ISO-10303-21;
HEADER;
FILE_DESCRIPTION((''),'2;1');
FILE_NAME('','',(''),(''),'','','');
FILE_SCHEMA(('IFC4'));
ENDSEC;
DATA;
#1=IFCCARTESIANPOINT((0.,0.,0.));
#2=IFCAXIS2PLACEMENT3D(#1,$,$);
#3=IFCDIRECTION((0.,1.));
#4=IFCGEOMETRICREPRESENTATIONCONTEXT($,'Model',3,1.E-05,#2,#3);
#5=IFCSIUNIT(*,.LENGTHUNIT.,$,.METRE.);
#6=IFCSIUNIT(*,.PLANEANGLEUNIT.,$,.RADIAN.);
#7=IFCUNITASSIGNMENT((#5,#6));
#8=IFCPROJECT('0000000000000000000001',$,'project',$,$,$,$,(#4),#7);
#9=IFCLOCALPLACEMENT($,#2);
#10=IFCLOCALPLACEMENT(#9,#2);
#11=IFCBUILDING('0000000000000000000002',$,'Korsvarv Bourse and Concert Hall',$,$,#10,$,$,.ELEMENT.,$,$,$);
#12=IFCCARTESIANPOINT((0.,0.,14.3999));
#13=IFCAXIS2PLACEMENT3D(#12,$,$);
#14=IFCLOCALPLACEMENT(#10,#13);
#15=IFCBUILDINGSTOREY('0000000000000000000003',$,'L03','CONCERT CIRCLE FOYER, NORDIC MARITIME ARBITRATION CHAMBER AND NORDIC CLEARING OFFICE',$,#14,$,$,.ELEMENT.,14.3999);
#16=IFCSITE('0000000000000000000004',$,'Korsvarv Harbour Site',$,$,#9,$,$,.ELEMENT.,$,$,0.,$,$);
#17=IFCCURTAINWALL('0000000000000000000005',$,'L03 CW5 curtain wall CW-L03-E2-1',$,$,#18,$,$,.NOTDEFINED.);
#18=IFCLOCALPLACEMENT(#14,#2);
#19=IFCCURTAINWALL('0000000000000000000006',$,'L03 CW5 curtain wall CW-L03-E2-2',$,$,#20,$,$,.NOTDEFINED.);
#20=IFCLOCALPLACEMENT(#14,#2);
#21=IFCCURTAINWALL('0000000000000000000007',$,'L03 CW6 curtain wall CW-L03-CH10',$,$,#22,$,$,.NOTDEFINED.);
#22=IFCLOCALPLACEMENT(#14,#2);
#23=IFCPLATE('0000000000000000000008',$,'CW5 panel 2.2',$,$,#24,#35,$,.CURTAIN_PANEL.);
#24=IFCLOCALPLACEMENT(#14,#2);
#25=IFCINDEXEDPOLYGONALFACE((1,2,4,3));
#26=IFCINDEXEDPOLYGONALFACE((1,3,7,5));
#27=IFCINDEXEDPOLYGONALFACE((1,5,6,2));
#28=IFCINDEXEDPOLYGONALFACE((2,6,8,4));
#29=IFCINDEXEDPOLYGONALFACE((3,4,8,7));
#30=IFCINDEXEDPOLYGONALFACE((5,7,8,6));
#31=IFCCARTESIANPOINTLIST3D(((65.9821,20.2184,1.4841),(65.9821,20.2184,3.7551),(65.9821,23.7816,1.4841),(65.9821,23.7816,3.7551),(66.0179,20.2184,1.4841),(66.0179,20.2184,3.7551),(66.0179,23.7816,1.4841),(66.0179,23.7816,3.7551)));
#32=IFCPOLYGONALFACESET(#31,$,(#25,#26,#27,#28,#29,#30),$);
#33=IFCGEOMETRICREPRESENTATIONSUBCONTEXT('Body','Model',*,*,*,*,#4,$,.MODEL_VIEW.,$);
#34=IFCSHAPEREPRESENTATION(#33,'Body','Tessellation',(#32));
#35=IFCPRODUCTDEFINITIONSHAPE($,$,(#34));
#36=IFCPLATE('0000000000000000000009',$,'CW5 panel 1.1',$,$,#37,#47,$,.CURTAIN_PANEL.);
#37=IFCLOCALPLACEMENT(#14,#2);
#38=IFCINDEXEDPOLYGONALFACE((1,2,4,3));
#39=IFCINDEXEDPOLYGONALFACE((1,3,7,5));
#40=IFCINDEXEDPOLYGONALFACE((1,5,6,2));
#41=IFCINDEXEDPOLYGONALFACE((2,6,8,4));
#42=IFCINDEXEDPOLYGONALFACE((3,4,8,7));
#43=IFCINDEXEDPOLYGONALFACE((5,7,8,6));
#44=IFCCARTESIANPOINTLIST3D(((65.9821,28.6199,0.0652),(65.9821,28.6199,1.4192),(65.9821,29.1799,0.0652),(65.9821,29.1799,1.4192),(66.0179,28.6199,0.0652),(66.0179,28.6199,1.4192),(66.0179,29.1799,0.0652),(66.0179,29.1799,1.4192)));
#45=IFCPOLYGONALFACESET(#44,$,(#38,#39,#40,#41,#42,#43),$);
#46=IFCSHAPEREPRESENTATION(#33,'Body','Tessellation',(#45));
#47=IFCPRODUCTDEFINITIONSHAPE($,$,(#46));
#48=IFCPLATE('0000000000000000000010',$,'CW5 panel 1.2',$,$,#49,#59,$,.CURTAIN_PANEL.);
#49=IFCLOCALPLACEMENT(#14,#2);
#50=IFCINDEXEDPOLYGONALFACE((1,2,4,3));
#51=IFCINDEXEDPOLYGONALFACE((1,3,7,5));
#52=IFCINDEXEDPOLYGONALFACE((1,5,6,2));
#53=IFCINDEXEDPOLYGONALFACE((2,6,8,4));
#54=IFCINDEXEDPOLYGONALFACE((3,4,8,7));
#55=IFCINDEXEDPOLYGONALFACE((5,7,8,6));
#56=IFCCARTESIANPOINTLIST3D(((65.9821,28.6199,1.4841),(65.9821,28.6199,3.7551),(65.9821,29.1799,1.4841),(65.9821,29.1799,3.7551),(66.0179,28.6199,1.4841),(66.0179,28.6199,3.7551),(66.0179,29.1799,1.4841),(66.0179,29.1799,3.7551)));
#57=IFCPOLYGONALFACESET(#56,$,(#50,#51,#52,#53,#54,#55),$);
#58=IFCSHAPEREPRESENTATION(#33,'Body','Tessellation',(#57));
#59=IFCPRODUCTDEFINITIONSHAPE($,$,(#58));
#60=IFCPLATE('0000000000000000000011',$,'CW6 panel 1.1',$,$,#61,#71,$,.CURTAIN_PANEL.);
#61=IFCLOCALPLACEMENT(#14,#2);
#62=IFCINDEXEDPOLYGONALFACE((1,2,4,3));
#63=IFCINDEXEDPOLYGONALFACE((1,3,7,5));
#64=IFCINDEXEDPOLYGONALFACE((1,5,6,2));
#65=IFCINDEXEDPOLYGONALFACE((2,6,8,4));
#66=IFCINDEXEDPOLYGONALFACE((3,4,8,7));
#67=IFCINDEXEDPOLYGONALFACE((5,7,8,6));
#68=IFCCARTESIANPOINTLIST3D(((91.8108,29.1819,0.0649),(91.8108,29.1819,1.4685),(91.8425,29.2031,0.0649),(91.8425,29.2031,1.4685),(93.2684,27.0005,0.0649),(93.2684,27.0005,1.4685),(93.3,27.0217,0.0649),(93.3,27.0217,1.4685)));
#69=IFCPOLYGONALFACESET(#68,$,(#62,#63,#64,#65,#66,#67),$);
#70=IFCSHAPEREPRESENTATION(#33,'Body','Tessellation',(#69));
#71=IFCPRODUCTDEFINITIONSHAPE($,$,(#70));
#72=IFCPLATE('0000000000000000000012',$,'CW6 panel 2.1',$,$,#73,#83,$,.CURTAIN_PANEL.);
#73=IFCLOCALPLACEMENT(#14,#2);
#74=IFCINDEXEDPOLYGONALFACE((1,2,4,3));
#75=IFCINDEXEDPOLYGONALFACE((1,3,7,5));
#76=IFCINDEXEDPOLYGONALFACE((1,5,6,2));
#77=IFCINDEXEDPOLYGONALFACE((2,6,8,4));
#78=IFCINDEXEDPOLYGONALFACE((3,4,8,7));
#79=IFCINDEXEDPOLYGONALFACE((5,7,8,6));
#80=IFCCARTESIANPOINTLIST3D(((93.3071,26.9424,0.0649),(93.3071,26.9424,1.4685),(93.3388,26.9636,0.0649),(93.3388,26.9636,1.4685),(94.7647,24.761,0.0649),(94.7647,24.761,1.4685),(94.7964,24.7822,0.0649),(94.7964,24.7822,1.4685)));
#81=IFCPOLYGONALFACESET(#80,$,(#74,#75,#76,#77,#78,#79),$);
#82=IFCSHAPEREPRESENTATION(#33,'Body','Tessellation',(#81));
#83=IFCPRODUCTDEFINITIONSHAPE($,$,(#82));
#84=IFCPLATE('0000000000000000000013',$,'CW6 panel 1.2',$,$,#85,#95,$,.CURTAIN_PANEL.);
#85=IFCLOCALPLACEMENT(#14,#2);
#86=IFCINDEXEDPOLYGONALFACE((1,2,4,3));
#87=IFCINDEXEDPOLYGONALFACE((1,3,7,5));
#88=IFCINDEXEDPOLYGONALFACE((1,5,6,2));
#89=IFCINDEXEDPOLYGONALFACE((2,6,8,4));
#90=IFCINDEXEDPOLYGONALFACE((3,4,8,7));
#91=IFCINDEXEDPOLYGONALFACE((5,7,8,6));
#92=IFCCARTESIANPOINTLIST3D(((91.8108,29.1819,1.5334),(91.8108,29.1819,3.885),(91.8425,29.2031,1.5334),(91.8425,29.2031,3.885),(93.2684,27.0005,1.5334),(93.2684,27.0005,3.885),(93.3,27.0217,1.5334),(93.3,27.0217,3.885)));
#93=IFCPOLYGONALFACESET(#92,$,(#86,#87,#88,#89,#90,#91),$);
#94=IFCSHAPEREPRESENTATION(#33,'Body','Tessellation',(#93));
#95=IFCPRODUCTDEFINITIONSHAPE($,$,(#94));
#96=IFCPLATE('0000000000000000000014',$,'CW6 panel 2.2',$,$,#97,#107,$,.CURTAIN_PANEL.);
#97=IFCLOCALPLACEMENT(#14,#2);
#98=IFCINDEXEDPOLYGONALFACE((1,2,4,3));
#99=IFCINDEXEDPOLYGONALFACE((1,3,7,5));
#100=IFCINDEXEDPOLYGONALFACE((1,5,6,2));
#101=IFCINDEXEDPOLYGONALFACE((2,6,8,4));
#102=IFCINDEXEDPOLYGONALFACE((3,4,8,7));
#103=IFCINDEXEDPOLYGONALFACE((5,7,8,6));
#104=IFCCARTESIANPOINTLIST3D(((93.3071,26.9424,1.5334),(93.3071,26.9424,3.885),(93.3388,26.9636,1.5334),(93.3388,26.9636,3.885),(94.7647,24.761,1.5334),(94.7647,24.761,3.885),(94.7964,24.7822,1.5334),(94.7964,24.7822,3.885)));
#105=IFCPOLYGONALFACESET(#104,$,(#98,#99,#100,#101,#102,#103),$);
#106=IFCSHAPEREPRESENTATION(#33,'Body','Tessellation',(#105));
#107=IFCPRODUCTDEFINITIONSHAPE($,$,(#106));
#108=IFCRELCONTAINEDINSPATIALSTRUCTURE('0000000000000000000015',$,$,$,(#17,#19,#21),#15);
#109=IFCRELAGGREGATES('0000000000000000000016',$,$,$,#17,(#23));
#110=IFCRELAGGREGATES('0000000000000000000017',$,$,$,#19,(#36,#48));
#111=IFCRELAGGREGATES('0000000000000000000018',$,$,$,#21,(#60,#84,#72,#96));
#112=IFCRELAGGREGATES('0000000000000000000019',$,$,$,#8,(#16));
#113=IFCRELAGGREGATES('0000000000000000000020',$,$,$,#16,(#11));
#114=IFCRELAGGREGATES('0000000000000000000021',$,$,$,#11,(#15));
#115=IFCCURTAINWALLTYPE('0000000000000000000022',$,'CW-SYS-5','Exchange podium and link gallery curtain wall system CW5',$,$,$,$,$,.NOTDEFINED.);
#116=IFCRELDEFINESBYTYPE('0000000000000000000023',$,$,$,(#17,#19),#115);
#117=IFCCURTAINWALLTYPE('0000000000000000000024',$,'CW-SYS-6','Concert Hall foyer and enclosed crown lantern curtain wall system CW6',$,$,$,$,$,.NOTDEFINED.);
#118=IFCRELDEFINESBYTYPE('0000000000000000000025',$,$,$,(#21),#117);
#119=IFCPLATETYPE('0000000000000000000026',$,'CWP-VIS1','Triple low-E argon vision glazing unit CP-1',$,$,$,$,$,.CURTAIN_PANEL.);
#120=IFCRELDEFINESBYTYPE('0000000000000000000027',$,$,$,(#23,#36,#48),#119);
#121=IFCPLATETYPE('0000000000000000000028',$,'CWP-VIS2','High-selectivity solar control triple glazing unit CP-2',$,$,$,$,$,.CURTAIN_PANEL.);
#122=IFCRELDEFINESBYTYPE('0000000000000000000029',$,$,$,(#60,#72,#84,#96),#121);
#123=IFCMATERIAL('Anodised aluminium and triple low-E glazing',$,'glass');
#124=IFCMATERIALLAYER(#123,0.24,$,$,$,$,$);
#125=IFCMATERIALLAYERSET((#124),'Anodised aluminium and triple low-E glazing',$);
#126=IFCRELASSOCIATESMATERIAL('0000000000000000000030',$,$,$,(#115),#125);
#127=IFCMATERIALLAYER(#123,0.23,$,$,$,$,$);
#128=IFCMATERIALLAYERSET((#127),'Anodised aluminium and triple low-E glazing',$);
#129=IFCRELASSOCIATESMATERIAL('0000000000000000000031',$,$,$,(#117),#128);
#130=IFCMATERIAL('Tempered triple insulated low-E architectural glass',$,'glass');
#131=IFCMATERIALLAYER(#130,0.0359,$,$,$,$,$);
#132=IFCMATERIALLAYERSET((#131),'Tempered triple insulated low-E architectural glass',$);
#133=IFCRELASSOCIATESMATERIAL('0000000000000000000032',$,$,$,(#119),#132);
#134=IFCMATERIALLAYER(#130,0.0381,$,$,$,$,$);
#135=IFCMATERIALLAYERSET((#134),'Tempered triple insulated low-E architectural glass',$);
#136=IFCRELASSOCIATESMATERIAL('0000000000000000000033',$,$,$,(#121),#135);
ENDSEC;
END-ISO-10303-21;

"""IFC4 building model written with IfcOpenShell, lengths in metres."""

from ifc_helpers import new_model, si_unit, direction, frame, origin, origin_2d, place, context, subcontext, project, spatial, rectangle, extrude, source, transform, mapped, material, layer, layer_set, type_object, element, aggregate, save


model = new_model("IFC4")

# Units and contexts
model_context = context("Model", 3, precision=1e-05, world=origin(), true_north=direction((0.0, 1.0)))
body_context = subcontext(model_context, "Body", "Model", "MODEL_VIEW")
ifc_project = project(units=[si_unit("LENGTHUNIT", "METRE"), si_unit("PLANEANGLEUNIT", "RADIAN")], contexts=[model_context])

# Site, building, storey
site_placement = place(None, origin())
site = spatial("IfcSite", under=ifc_project, at=site_placement, Name="Korsvarv Harbour Site", CompositionType="ELEMENT", RefElevation=0.0)
building_placement = place(site_placement, origin())
building = spatial("IfcBuilding", under=site, at=building_placement, Name="Korsvarv Bourse and Concert Hall", CompositionType="ELEMENT")
storey_placement = place(building_placement, frame((0.0, 0.0, 14.3999)))
storey = spatial("IfcBuildingStorey", under=building, at=storey_placement, Name="L03", Description="CONCERT CIRCLE FOYER, NORDIC MARITIME ARBITRATION CHAMBER AND NORDIC CLEARING OFFICE", CompositionType="ELEMENT", Elevation=14.3999)

# Curtain walls
ifc_material_1 = material(Name="Anodised aluminium and triple low-E glazing", Category="glass")
ifc_layer_1 = layer(ifc_material_1, 0.24)
ifc_layer_set_1 = layer_set([ifc_layer_1], Name="Anodised aluminium and triple low-E glazing")
curtain_wall_type_1 = type_object("IfcCurtainWallType", Name="CW-SYS-5", Description="Exchange podium and link gallery curtain wall system CW5", PredefinedType="NOTDEFINED", material=ifc_layer_set_1)
curtain_wall_1_placement = place(storey_placement, origin())
curtain_wall_1 = element("IfcCurtainWall", 1, at=curtain_wall_1_placement, inside=storey, type_object=curtain_wall_type_1, Name="L03 CW5 curtain wall CW-L03-E2-1", PredefinedType="NOTDEFINED")
curtain_wall_2_placement = place(storey_placement, origin())
curtain_wall_2 = element("IfcCurtainWall", 2, at=curtain_wall_2_placement, inside=storey, type_object=curtain_wall_type_1, Name="L03 CW5 curtain wall CW-L03-E2-2", PredefinedType="NOTDEFINED")

# Curtain wall
ifc_layer_2 = layer(ifc_material_1, 0.23)
ifc_layer_set_2 = layer_set([ifc_layer_2], Name="Anodised aluminium and triple low-E glazing")
curtain_wall_type_2 = type_object("IfcCurtainWallType", Name="CW-SYS-6", Description="Concert Hall foyer and enclosed crown lantern curtain wall system CW6", PredefinedType="NOTDEFINED", material=ifc_layer_set_2)
curtain_wall_3_placement = place(storey_placement, origin())
curtain_wall_3 = element("IfcCurtainWall", 3, at=curtain_wall_3_placement, inside=storey, type_object=curtain_wall_type_2, Name="L03 CW6 curtain wall CW-L03-CH10", PredefinedType="NOTDEFINED")

# Plates
ifc_material_2 = material(Name="Tempered triple insulated low-E architectural glass", Category="glass")
ifc_layer_3 = layer(ifc_material_2, 0.0359)
ifc_layer_set_3 = layer_set([ifc_layer_3], Name="Tempered triple insulated low-E architectural glass")
plate_type_1 = type_object("IfcPlateType", Name="CWP-VIS1", Description="Triple low-E argon vision glazing unit CP-1", PredefinedType="CURTAIN_PANEL", material=ifc_layer_set_3)
shared_shape_1 = source(origin(), body_context, "Body", "SweptSolid", [
    extrude(rectangle(XDim=3.5632, YDim=0.0359, at=origin_2d()), origin(), (0.0, 0.0, 1.0), 2.271),
])
plate_1_placement = place(storey_placement, frame((66.0, 22.0, 1.4841), z_axis=(0.0, 0.0, 1.0), x_axis=(0.0, 1.0, 0.0)))
plate_1 = element("IfcPlate", 4, at=plate_1_placement, type_object=plate_type_1, Name="CW5 panel 2.2", PredefinedType="CURTAIN_PANEL", context=body_context, shape_type="MappedRepresentation", body=[
    mapped(shared_shape_1, transform((0.0, 0.0, 0.0), scale=1.0)),
])
aggregate(curtain_wall_1, [plate_1])
shared_shape_2 = source(origin(), body_context, "Body", "SweptSolid", [
    extrude(rectangle(XDim=0.5601, YDim=0.0359, at=origin_2d()), origin(), (0.0, 0.0, 1.0), 1.354),
])
plate_2_placement = place(storey_placement, frame((66.0, 28.8999, 0.0652), z_axis=(0.0, 0.0, 1.0), x_axis=(0.0, 1.0, 0.0)))
plate_2 = element("IfcPlate", 5, at=plate_2_placement, type_object=plate_type_1, Name="CW5 panel 1.1", PredefinedType="CURTAIN_PANEL", context=body_context, shape_type="MappedRepresentation", body=[
    mapped(shared_shape_2, transform((0.0, 0.0, 0.0), scale=1.0)),
])
shared_shape_3 = source(origin(), body_context, "Body", "SweptSolid", [
    extrude(rectangle(XDim=0.5601, YDim=0.0359, at=origin_2d()), origin(), (0.0, 0.0, 1.0), 2.271),
])
plate_3_placement = place(storey_placement, frame((66.0, 28.8999, 1.4841), z_axis=(0.0, 0.0, 1.0), x_axis=(0.0, 1.0, 0.0)))
plate_3 = element("IfcPlate", 6, at=plate_3_placement, type_object=plate_type_1, Name="CW5 panel 1.2", PredefinedType="CURTAIN_PANEL", context=body_context, shape_type="MappedRepresentation", body=[
    mapped(shared_shape_3, transform((0.0, 0.0, 0.0), scale=1.0)),
])
aggregate(curtain_wall_2, [plate_2, plate_3])
ifc_layer_4 = layer(ifc_material_2, 0.0381)
ifc_layer_set_4 = layer_set([ifc_layer_4], Name="Tempered triple insulated low-E architectural glass")
plate_type_2 = type_object("IfcPlateType", Name="CWP-VIS2", Description="High-selectivity solar control triple glazing unit CP-2", PredefinedType="CURTAIN_PANEL", material=ifc_layer_set_4)
shared_shape_4 = source(origin(), body_context, "Body", "SweptSolid", [
    extrude(rectangle(XDim=2.6235, YDim=0.0381, at=origin_2d()), origin(), (0.0, 0.0, 1.0), 1.4036),
])
plate_4_placement = place(storey_placement, frame((92.5554, 28.1018, 0.0649), z_axis=(0.0, 0.0, 1.0), x_axis=(0.555571, -0.831469, 0.0)))
plate_4 = element("IfcPlate", 7, at=plate_4_placement, type_object=plate_type_2, Name="CW6 panel 1.1", PredefinedType="CURTAIN_PANEL", context=body_context, shape_type="MappedRepresentation", body=[
    mapped(shared_shape_4, transform((0.0, 0.0, 0.0), scale=1.0)),
])
plate_5_placement = place(storey_placement, frame((94.0518, 25.8623, 0.0649), z_axis=(0.0, 0.0, 1.0), x_axis=(0.555571, -0.831469, 0.0)))
plate_5 = element("IfcPlate", 8, at=plate_5_placement, type_object=plate_type_2, Name="CW6 panel 2.1", PredefinedType="CURTAIN_PANEL", context=body_context, shape_type="MappedRepresentation", body=[
    mapped(shared_shape_4, transform((0.0, 0.0, 0.0), scale=1.0)),
])
shared_shape_5 = source(origin(), body_context, "Body", "SweptSolid", [
    extrude(rectangle(XDim=2.6235, YDim=0.0381, at=origin_2d()), origin(), (0.0, 0.0, 1.0), 2.3516),
])
plate_6_placement = place(storey_placement, frame((92.5554, 28.1018, 1.5334), z_axis=(0.0, 0.0, 1.0), x_axis=(0.555571, -0.831469, 0.0)))
plate_6 = element("IfcPlate", 9, at=plate_6_placement, type_object=plate_type_2, Name="CW6 panel 1.2", PredefinedType="CURTAIN_PANEL", context=body_context, shape_type="MappedRepresentation", body=[
    mapped(shared_shape_5, transform((0.0, 0.0, 0.0), scale=1.0)),
])
plate_7_placement = place(storey_placement, frame((94.0518, 25.8623, 1.5334), z_axis=(0.0, 0.0, 1.0), x_axis=(0.555571, -0.831469, 0.0)))
plate_7 = element("IfcPlate", 10, at=plate_7_placement, type_object=plate_type_2, Name="CW6 panel 2.2", PredefinedType="CURTAIN_PANEL", context=body_context, shape_type="MappedRepresentation", body=[
    mapped(shared_shape_5, transform((0.0, 0.0, 0.0), scale=1.0)),
])
aggregate(curtain_wall_3, [plate_4, plate_6, plate_5, plate_7])

save(model, "model.ifc")
